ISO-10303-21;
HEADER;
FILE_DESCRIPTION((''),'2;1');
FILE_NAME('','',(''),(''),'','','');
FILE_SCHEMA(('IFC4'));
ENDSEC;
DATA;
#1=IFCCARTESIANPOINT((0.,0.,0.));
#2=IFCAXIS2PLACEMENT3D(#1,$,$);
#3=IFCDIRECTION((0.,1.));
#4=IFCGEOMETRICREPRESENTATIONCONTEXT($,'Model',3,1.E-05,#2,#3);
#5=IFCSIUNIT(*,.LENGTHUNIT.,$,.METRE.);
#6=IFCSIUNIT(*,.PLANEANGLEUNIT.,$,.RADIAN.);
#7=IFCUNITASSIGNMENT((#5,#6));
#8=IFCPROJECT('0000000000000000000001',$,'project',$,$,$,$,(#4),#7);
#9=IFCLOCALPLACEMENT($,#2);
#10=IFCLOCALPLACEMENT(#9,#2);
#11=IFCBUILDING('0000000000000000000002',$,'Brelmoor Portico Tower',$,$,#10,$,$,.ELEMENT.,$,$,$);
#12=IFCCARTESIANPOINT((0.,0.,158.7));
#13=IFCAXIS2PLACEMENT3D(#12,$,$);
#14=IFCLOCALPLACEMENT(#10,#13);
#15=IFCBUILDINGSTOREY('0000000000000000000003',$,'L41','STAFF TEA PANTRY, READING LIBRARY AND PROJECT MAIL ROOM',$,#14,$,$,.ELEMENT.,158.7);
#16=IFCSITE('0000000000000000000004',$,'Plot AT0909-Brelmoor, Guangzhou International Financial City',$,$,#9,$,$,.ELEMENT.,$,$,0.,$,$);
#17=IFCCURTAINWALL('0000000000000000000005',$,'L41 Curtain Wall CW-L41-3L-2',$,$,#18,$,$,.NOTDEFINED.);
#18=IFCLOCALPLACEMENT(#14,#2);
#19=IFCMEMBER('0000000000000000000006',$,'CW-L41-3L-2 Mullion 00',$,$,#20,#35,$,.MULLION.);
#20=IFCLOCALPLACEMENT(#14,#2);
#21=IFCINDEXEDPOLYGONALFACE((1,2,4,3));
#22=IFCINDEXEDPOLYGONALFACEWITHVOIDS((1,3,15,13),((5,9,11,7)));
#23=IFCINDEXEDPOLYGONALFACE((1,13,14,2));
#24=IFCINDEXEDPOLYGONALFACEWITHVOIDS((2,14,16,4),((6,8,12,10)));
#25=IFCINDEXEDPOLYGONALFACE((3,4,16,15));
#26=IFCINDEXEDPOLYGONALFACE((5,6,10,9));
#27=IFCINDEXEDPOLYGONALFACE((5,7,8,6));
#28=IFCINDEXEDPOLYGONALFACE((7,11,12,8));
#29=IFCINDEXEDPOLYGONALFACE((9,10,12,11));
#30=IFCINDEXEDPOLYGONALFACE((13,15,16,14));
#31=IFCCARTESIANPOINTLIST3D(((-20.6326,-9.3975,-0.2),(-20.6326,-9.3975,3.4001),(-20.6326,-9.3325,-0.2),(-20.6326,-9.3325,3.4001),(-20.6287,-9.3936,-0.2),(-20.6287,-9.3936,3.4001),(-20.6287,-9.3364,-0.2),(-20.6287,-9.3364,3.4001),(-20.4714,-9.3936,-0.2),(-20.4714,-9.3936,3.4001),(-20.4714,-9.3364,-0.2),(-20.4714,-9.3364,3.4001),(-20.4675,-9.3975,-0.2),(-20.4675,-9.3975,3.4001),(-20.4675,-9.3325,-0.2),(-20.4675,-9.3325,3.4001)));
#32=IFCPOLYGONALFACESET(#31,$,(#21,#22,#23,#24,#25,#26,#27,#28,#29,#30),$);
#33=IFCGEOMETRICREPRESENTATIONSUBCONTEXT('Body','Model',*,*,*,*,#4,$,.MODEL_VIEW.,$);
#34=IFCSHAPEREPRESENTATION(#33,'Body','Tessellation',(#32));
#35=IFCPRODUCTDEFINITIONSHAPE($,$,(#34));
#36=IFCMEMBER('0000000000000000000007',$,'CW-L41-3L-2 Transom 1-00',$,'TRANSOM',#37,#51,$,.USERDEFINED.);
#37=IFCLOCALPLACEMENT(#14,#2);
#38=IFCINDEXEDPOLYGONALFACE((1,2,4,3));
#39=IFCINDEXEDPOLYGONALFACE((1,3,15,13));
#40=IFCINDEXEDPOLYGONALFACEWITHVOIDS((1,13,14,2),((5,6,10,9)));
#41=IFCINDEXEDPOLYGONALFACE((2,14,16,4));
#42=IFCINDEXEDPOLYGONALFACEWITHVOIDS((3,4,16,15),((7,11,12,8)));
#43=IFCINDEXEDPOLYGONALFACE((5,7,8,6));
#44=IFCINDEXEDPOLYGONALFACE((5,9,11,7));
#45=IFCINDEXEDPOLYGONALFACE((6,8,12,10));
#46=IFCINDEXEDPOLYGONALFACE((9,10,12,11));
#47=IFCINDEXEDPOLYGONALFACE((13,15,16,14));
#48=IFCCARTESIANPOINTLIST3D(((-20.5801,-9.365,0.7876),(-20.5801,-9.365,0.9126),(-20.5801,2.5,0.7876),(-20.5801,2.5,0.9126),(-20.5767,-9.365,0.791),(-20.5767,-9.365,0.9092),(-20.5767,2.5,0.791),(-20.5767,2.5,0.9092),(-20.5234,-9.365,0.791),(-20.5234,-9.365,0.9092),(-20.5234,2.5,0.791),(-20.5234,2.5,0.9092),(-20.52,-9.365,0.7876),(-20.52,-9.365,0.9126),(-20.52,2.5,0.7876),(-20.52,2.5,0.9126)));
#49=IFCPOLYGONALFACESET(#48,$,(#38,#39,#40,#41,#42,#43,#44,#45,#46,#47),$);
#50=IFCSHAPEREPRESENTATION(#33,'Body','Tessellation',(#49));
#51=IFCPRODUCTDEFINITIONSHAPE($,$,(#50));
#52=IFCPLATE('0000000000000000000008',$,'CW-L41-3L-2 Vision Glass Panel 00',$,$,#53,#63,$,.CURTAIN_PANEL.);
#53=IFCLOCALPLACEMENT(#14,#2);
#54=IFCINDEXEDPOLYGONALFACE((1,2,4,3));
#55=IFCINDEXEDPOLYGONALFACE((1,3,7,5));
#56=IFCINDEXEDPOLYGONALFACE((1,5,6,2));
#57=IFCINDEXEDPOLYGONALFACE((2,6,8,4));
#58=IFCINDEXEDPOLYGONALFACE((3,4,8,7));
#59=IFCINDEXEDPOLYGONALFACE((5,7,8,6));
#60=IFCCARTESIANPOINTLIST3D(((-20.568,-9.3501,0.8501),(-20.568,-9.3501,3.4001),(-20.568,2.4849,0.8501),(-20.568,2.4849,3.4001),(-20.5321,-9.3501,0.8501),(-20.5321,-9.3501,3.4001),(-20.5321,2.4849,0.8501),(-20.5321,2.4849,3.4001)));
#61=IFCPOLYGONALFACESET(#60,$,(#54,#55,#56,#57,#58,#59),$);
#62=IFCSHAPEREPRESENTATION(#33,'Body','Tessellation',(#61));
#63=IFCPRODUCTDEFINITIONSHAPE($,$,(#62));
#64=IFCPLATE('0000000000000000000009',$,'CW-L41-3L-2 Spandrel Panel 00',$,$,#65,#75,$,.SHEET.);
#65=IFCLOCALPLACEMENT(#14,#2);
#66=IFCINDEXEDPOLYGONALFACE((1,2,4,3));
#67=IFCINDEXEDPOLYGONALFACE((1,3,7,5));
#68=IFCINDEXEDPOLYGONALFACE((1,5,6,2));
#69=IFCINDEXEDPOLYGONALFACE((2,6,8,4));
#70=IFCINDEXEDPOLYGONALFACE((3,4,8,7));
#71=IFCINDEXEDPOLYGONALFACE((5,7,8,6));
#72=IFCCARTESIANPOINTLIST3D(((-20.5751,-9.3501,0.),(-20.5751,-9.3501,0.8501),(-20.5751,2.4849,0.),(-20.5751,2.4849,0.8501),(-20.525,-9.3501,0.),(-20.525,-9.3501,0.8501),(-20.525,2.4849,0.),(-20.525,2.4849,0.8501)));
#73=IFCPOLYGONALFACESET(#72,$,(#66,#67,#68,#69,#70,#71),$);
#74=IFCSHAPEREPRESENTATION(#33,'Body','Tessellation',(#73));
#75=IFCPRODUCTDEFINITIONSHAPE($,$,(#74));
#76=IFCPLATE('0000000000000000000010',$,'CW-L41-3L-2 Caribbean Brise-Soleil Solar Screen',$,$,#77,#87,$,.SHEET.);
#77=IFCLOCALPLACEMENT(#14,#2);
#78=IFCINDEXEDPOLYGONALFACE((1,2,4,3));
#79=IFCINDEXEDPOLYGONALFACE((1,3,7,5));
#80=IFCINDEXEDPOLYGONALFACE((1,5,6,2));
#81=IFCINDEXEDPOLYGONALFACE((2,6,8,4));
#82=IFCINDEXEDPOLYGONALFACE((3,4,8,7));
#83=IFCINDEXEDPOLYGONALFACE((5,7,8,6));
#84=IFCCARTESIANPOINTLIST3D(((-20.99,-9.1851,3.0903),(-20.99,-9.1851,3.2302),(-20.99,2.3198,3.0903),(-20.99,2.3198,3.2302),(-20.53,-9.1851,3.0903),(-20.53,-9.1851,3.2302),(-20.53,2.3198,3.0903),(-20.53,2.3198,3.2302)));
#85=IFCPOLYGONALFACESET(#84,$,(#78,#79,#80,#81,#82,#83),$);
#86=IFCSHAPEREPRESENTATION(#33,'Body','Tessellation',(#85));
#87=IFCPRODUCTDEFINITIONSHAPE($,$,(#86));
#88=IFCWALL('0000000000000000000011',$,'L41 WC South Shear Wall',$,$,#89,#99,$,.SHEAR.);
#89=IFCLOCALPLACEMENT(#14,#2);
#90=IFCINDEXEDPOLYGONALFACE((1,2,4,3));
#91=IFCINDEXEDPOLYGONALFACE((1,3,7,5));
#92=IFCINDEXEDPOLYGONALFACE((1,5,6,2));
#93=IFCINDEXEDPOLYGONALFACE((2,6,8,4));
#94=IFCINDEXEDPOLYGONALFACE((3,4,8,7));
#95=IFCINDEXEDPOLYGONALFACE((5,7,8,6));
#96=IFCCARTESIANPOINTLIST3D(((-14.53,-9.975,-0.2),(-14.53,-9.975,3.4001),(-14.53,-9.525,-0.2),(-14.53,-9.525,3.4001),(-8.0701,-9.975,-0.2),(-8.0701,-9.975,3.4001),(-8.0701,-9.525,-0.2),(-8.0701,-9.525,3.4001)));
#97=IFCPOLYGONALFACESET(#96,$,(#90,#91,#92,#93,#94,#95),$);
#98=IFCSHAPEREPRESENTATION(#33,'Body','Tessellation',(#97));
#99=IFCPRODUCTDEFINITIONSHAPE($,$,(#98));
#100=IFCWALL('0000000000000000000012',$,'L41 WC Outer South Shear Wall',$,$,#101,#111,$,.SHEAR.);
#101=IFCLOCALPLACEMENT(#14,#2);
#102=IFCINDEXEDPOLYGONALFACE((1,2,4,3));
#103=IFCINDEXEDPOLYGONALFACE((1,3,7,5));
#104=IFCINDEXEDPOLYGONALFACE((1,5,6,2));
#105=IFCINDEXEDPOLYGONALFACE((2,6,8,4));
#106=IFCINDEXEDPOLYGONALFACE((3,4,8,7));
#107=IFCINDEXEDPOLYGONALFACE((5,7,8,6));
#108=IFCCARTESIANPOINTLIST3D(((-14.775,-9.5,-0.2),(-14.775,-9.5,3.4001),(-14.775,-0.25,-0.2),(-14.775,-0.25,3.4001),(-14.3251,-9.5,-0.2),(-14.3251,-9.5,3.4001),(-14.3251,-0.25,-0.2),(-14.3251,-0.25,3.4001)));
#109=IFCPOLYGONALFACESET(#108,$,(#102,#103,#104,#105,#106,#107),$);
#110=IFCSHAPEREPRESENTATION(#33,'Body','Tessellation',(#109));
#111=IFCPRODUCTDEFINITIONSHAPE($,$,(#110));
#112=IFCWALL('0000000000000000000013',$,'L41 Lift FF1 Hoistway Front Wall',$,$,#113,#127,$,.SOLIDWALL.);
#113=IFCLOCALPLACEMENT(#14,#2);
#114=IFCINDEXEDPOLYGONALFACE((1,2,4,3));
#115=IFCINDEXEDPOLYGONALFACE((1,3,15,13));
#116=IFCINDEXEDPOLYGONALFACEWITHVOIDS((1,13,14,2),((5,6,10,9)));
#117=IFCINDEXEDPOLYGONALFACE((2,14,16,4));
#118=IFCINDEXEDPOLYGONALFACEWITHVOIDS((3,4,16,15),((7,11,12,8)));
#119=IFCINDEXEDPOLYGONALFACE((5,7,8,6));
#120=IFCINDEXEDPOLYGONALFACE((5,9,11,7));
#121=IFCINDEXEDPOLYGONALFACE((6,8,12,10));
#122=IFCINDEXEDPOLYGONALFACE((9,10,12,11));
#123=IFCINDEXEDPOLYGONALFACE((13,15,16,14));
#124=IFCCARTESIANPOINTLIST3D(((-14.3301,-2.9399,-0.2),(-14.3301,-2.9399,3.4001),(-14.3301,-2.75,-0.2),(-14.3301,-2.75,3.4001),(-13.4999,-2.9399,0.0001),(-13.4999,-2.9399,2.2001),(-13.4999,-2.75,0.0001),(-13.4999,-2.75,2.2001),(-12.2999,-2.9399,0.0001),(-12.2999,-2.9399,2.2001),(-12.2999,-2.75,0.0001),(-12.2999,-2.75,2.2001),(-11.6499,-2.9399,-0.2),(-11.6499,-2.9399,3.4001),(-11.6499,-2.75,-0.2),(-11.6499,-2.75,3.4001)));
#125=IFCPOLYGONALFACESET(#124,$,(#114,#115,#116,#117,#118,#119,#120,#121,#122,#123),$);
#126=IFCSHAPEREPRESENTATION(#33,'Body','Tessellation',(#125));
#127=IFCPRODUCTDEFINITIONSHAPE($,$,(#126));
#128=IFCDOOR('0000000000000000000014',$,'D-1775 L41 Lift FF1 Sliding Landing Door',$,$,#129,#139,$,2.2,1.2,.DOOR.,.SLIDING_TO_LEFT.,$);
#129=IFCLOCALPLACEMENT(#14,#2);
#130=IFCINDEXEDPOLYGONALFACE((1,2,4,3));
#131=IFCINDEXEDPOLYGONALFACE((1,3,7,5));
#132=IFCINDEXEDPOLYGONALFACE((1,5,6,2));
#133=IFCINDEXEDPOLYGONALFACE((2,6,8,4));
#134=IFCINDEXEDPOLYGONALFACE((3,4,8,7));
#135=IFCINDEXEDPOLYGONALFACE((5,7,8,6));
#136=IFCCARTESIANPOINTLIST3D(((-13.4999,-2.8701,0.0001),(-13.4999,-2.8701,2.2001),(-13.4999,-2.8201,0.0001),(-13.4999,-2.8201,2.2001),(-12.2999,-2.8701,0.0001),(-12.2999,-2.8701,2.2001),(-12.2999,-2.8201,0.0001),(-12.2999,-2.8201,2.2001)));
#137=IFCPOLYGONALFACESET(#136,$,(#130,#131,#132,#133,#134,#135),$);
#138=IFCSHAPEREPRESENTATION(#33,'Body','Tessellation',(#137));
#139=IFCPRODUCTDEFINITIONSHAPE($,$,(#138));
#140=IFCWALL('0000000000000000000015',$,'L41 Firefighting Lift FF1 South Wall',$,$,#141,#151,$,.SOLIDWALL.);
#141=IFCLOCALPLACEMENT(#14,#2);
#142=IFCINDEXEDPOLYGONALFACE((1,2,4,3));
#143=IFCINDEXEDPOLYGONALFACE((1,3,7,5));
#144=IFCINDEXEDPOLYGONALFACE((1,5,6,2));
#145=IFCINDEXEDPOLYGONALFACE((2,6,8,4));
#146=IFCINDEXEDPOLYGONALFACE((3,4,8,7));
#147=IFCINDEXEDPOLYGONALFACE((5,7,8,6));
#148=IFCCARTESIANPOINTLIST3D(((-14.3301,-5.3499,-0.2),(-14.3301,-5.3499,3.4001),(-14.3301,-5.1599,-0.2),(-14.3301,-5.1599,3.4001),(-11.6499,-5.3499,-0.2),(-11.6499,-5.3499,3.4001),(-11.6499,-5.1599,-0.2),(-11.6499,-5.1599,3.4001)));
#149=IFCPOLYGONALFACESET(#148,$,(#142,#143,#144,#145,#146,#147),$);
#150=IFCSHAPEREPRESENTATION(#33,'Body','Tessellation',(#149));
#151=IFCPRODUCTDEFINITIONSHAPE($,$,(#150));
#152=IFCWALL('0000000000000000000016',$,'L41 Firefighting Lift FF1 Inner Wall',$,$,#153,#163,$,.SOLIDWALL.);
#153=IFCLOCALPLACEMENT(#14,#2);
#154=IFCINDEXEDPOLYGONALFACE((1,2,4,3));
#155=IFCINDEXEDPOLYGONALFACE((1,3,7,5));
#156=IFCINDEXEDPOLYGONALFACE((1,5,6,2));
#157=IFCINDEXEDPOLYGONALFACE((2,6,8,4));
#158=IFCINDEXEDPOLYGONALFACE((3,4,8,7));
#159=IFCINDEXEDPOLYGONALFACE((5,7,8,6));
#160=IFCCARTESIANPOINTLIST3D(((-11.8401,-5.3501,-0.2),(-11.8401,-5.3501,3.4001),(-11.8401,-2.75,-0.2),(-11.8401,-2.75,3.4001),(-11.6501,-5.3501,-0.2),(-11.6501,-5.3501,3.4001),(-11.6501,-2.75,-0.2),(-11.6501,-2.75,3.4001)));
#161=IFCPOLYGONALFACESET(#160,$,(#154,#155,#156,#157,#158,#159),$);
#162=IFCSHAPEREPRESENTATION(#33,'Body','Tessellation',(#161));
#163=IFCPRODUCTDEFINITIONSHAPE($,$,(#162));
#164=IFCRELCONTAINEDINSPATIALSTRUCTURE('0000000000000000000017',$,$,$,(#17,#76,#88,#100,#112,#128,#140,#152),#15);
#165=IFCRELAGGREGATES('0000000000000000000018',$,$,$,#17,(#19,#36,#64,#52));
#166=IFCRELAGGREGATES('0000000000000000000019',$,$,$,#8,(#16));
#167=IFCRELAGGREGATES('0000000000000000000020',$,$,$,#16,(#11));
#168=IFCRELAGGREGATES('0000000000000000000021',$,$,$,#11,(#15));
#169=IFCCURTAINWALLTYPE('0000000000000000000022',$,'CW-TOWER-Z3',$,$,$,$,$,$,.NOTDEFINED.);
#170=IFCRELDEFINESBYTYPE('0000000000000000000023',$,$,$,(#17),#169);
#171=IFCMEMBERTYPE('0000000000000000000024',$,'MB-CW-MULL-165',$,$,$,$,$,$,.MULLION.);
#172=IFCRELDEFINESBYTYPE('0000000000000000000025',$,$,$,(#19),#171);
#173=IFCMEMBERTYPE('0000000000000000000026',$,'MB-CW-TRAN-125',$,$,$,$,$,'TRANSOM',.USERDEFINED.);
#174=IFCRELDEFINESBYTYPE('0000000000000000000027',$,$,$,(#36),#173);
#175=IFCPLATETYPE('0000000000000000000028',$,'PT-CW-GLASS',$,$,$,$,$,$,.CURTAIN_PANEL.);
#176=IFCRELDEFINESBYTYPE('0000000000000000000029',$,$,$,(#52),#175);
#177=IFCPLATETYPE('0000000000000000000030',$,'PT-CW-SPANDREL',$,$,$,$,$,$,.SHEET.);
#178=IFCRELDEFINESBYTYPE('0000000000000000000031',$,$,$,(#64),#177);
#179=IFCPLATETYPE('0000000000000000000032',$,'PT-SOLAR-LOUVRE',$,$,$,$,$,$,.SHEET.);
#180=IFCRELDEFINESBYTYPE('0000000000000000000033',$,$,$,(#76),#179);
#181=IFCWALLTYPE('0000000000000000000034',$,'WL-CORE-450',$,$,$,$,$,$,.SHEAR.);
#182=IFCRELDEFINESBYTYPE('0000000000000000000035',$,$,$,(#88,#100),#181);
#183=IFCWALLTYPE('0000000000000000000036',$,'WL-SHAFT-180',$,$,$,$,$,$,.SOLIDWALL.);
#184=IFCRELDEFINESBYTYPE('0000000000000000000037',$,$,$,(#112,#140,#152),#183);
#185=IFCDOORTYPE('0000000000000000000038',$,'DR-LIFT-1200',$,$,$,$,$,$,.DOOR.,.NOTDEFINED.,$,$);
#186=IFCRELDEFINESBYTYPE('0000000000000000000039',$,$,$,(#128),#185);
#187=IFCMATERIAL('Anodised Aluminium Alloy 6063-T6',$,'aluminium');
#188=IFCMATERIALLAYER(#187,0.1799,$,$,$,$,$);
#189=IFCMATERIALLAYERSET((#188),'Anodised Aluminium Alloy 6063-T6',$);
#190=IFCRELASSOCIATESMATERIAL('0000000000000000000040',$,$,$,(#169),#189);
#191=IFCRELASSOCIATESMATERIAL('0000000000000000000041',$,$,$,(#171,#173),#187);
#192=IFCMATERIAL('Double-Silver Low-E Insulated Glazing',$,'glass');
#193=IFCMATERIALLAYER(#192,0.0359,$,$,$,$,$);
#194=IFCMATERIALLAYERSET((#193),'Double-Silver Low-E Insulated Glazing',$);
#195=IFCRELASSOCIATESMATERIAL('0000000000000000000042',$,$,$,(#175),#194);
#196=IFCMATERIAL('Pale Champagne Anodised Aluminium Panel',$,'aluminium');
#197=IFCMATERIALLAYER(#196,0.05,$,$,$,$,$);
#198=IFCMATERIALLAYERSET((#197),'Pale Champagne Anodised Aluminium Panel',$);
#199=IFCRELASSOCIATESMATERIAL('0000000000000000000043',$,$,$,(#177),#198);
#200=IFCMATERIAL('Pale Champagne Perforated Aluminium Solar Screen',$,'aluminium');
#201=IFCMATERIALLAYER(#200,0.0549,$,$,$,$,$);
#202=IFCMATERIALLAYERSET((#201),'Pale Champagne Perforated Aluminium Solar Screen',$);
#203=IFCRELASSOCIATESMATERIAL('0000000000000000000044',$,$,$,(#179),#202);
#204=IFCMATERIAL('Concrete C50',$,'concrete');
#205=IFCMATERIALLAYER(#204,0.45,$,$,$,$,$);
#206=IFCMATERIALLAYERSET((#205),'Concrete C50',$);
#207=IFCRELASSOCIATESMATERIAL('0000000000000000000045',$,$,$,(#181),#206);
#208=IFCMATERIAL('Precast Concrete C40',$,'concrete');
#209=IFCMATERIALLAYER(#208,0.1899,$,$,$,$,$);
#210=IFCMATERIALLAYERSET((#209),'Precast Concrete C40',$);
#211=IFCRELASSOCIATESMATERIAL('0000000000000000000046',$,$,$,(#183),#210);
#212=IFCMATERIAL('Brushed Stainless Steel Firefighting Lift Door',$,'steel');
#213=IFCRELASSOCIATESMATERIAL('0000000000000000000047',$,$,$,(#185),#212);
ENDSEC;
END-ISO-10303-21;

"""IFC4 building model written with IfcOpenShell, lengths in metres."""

from ifc_helpers import new_model, si_unit, direction, frame, frame_2d, origin, origin_2d, place, context, subcontext, project, spatial, rectangle, hollow_rectangle, extrude, material, layer, layer_set, material_profile, profile_set, type_object, element, fill, aggregate, save


model = new_model("IFC4")

# Units and contexts
model_context = context("Model", 3, precision=1e-05, world=origin(), true_north=direction((0.0, 1.0)))
body_context = subcontext(model_context, "Body", "Model", "MODEL_VIEW")
ifc_project = project(units=[si_unit("LENGTHUNIT", "METRE"), si_unit("PLANEANGLEUNIT", "RADIAN")], contexts=[model_context])

# Site, building, storey
site_placement = place(None, origin())
site = spatial("IfcSite", under=ifc_project, at=site_placement, Name="Plot AT0909-Brelmoor, Guangzhou International Financial City", CompositionType="ELEMENT", RefElevation=0.0)
building_placement = place(site_placement, origin())
building = spatial("IfcBuilding", under=site, at=building_placement, Name="Brelmoor Portico Tower", CompositionType="ELEMENT")
storey_placement = place(building_placement, frame((0.0, 0.0, 158.7)))
storey = spatial("IfcBuildingStorey", under=building, at=storey_placement, Name="L41", Description="STAFF TEA PANTRY, READING LIBRARY AND PROJECT MAIL ROOM", CompositionType="ELEMENT", Elevation=158.7)

# Curtain wall, members, plates
ifc_material_1 = material(Name="Anodised Aluminium Alloy 6063-T6", Category="aluminium")
ifc_layer_1 = layer(ifc_material_1, 0.1799)
ifc_layer_set_1 = layer_set([ifc_layer_1], Name="Anodised Aluminium Alloy 6063-T6")
curtain_wall_type = type_object("IfcCurtainWallType", Name="CW-TOWER-Z3", PredefinedType="NOTDEFINED", material=ifc_layer_set_1)
curtain_wall_placement = place(storey_placement, origin())
curtain_wall = element("IfcCurtainWall", 1, at=curtain_wall_placement, inside=storey, type_object=curtain_wall_type, Name="L41 Curtain Wall CW-L41-3L-2", PredefinedType="NOTDEFINED")
ifc_material_profile_1 = material_profile(ifc_material_1, hollow_rectangle(XDim=0.0649, YDim=0.165, WallThickness=0.0039, at=origin_2d()), Name="ALU MULLION 65x165")
ifc_profile_set_1 = profile_set([ifc_material_profile_1], Name="Anodised Aluminium Alloy 6063-T6")
member_type_1 = type_object("IfcMemberType", Name="MB-CW-MULL-165", PredefinedType="MULLION", material=ifc_profile_set_1)
member_1_placement = place(storey_placement, frame((-20.55, -9.365, -0.2), z_axis=(0.0, 0.0, 1.0), x_axis=(0.0, 1.0, 0.0)))
member_1 = element("IfcMember", 2, at=member_1_placement, type_object=member_type_1, Name="CW-L41-3L-2 Mullion 00", PredefinedType="MULLION", context=body_context, shape_type="SweptSolid", body=[
    extrude(hollow_rectangle(XDim=0.0649, YDim=0.165, WallThickness=0.0039, at=origin_2d()), origin(), (0.0, 0.0, 1.0), 3.6001),
])
ifc_material_profile_2 = material_profile(ifc_material_1, hollow_rectangle(XDim=0.0601, YDim=0.125, WallThickness=0.0034, at=origin_2d()), Name="ALU TRANSOM 60x125")
ifc_profile_set_2 = profile_set([ifc_material_profile_2], Name="Anodised Aluminium Alloy 6063-T6")
member_type_2 = type_object("IfcMemberType", Name="MB-CW-TRAN-125", ElementType="TRANSOM", PredefinedType="USERDEFINED", material=ifc_profile_set_2)
member_2_placement = place(storey_placement, frame((-20.55, -9.365, 0.8501), z_axis=(0.0, 1.0, 0.0), x_axis=(-1.0, 0.0, 0.0)))
member_2 = element("IfcMember", 3, at=member_2_placement, type_object=member_type_2, Name="CW-L41-3L-2 Transom 1-00", ObjectType="TRANSOM", PredefinedType="USERDEFINED", context=body_context, shape_type="SweptSolid", body=[
    extrude(hollow_rectangle(XDim=0.0601, YDim=0.125, WallThickness=0.0034, at=origin_2d()), origin(), (0.0, 0.0, 1.0), 11.865),
])
ifc_material_2 = material(Name="Double-Silver Low-E Insulated Glazing", Category="glass")
ifc_layer_2 = layer(ifc_material_2, 0.0359)
ifc_layer_set_2 = layer_set([ifc_layer_2], Name="Double-Silver Low-E Insulated Glazing")
plate_type_1 = type_object("IfcPlateType", Name="PT-CW-GLASS", PredefinedType="CURTAIN_PANEL", material=ifc_layer_set_2)
plate_1_placement = place(storey_placement, frame((-20.55, -3.4326, 0.8501), z_axis=(0.0, 0.0, 1.0), x_axis=(0.0, 1.0, 0.0)))
plate_1 = element("IfcPlate", 4, at=plate_1_placement, type_object=plate_type_1, Name="CW-L41-3L-2 Vision Glass Panel 00", PredefinedType="CURTAIN_PANEL", context=body_context, shape_type="SweptSolid", body=[
    extrude(rectangle(XDim=11.835, YDim=0.0359, at=origin_2d()), origin(), (0.0, 0.0, 1.0), 2.55),
])
ifc_material_3 = material(Name="Pale Champagne Anodised Aluminium Panel", Category="aluminium")
ifc_layer_3 = layer(ifc_material_3, 0.05)
ifc_layer_set_3 = layer_set([ifc_layer_3], Name="Pale Champagne Anodised Aluminium Panel")
plate_type_2 = type_object("IfcPlateType", Name="PT-CW-SPANDREL", PredefinedType="SHEET", material=ifc_layer_set_3)
plate_2_placement = place(storey_placement, frame((-20.55, -3.4326, 0.0), z_axis=(0.0, 0.0, 1.0), x_axis=(0.0, 1.0, 0.0)))
plate_2 = element("IfcPlate", 5, at=plate_2_placement, type_object=plate_type_2, Name="CW-L41-3L-2 Spandrel Panel 00", PredefinedType="SHEET", context=body_context, shape_type="SweptSolid", body=[
    extrude(rectangle(XDim=11.835, YDim=0.05, at=origin_2d()), origin(), (0.0, 0.0, 1.0), 0.8501),
])
aggregate(curtain_wall, [member_1, member_2, plate_2, plate_1])

# Plate
ifc_material_4 = material(Name="Pale Champagne Perforated Aluminium Solar Screen", Category="aluminium")
ifc_layer_4 = layer(ifc_material_4, 0.0549)
ifc_layer_set_4 = layer_set([ifc_layer_4], Name="Pale Champagne Perforated Aluminium Solar Screen")
plate_type_3 = type_object("IfcPlateType", Name="PT-SOLAR-LOUVRE", PredefinedType="SHEET", material=ifc_layer_set_4)
plate_3_placement = place(storey_placement, frame((-20.76, -3.4326, 3.0903), z_axis=(0.0, 0.0, 1.0), x_axis=(0.0, 1.0, 0.0)))
element("IfcPlate", 6, at=plate_3_placement, inside=storey, type_object=plate_type_3, Name="CW-L41-3L-2 Caribbean Brise-Soleil Solar Screen", PredefinedType="SHEET", context=body_context, shape_type="SweptSolid", body=[
    extrude(rectangle(XDim=11.5049, YDim=0.46, at=origin_2d()), origin(), (0.0, 0.0, 1.0), 0.1399),
])

# Walls
ifc_material_5 = material(Name="Concrete C50", Category="concrete")
ifc_layer_5 = layer(ifc_material_5, 0.45)
ifc_layer_set_5 = layer_set([ifc_layer_5], Name="Concrete C50")
wall_type_1 = type_object("IfcWallType", Name="WL-CORE-450", PredefinedType="SHEAR", material=ifc_layer_set_5)
wall_1_placement = place(storey_placement, frame((-14.53, -9.75, -0.2), z_axis=(0.0, 0.0, 1.0), x_axis=(1.0, 0.0, 0.0)))
element("IfcWall", 7, at=wall_1_placement, inside=storey, type_object=wall_type_1, Name="L41 WC South Shear Wall", PredefinedType="SHEAR", context=body_context, shape_type="SweptSolid", body=[
    extrude(rectangle(XDim=6.46, YDim=0.45, at=frame_2d((3.23, 0.0))), origin(), (0.0, 0.0, 1.0), 3.6001),
])
wall_2_placement = place(storey_placement, frame((-14.55, -9.5, -0.2), z_axis=(0.0, 0.0, 1.0), x_axis=(0.0, 1.0, 0.0)))
element("IfcWall", 8, at=wall_2_placement, inside=storey, type_object=wall_type_1, Name="L41 WC Outer South Shear Wall", PredefinedType="SHEAR", context=body_context, shape_type="SweptSolid", body=[
    extrude(rectangle(XDim=9.25, YDim=0.45, at=frame_2d((4.625, 0.0))), origin(), (0.0, 0.0, 1.0), 3.6001),
])

# Wall, opening, door
ifc_material_6 = material(Name="Precast Concrete C40", Category="concrete")
ifc_layer_6 = layer(ifc_material_6, 0.1899)
ifc_layer_set_6 = layer_set([ifc_layer_6], Name="Precast Concrete C40")
wall_type_2 = type_object("IfcWallType", Name="WL-SHAFT-180", PredefinedType="SOLIDWALL", material=ifc_layer_set_6)
wall_3_placement = place(storey_placement, frame((-14.3301, -2.845, -0.2), z_axis=(0.0, 0.0, 1.0), x_axis=(1.0, 0.0, 0.0)))
wall_3 = element("IfcWall", 9, at=wall_3_placement, inside=storey, type_object=wall_type_2, Name="L41 Lift FF1 Hoistway Front Wall", PredefinedType="SOLIDWALL", context=body_context, shape_type="SweptSolid", body=[
    extrude(rectangle(XDim=2.6802, YDim=0.1899, at=frame_2d((1.3401, 0.0))), origin(), (0.0, 0.0, 1.0), 3.6001),
])
opening_1_placement = place(wall_3_placement, frame((0.8301, 0.0, 0.2)))
opening_1 = element("IfcOpeningElement", 10, at=opening_1_placement, cuts=wall_3, PredefinedType="OPENING", context=body_context, shape_type="SweptSolid", body=[
    extrude(rectangle(XDim=1.2, YDim=2.2, at=frame_2d((0.6001, 1.1001))), frame((0.0, 0.105, 0.0), z_axis=(0.0, -1.0, 0.0), x_axis=(1.0, 0.0, 0.0)), (0.0, 0.0, 1.0), 0.21),
])
ifc_material_7 = material(Name="Brushed Stainless Steel Firefighting Lift Door", Category="steel")
door_type_1 = type_object("IfcDoorType", Name="DR-LIFT-1200", OperationType="NOTDEFINED", PredefinedType="DOOR", material=ifc_material_7)
door_1_placement = place(opening_1_placement, origin())
door_1 = element("IfcDoor", 11, at=door_1_placement, inside=storey, type_object=door_type_1, Name="D-1775 L41 Lift FF1 Sliding Landing Door", OperationType="SLIDING_TO_LEFT", OverallHeight=2.2, OverallWidth=1.2, PredefinedType="DOOR", context=body_context, shape_type="SweptSolid", body=[
    extrude(rectangle(XDim=1.2, YDim=2.2, at=frame_2d((0.6001, 1.1001))), frame((0.0, 0.0249, 0.0), z_axis=(0.0, -1.0, 0.0), x_axis=(1.0, 0.0, 0.0)), (0.0, 0.0, 1.0), 0.05),
])
fill(opening_1, door_1)

# Walls
wall_4_placement = place(storey_placement, frame((-14.3301, -5.2549, -0.2), z_axis=(0.0, 0.0, 1.0), x_axis=(1.0, 0.0, 0.0)))
element("IfcWall", 12, at=wall_4_placement, inside=storey, type_object=wall_type_2, Name="L41 Firefighting Lift FF1 South Wall", PredefinedType="SOLIDWALL", context=body_context, shape_type="SweptSolid", body=[
    extrude(rectangle(XDim=2.6802, YDim=0.1899, at=frame_2d((1.3401, 0.0))), origin(), (0.0, 0.0, 1.0), 3.6001),
])
wall_5_placement = place(storey_placement, frame((-11.7451, -5.3501, -0.2), z_axis=(0.0, 0.0, 1.0), x_axis=(0.0, 1.0, 0.0)))
element("IfcWall", 13, at=wall_5_placement, inside=storey, type_object=wall_type_2, Name="L41 Firefighting Lift FF1 Inner Wall", PredefinedType="SOLIDWALL", context=body_context, shape_type="SweptSolid", body=[
    extrude(rectangle(XDim=2.6001, YDim=0.1899, at=frame_2d((1.3, 0.0))), origin(), (0.0, 0.0, 1.0), 3.6001),
])

save(model, "model.ifc")
